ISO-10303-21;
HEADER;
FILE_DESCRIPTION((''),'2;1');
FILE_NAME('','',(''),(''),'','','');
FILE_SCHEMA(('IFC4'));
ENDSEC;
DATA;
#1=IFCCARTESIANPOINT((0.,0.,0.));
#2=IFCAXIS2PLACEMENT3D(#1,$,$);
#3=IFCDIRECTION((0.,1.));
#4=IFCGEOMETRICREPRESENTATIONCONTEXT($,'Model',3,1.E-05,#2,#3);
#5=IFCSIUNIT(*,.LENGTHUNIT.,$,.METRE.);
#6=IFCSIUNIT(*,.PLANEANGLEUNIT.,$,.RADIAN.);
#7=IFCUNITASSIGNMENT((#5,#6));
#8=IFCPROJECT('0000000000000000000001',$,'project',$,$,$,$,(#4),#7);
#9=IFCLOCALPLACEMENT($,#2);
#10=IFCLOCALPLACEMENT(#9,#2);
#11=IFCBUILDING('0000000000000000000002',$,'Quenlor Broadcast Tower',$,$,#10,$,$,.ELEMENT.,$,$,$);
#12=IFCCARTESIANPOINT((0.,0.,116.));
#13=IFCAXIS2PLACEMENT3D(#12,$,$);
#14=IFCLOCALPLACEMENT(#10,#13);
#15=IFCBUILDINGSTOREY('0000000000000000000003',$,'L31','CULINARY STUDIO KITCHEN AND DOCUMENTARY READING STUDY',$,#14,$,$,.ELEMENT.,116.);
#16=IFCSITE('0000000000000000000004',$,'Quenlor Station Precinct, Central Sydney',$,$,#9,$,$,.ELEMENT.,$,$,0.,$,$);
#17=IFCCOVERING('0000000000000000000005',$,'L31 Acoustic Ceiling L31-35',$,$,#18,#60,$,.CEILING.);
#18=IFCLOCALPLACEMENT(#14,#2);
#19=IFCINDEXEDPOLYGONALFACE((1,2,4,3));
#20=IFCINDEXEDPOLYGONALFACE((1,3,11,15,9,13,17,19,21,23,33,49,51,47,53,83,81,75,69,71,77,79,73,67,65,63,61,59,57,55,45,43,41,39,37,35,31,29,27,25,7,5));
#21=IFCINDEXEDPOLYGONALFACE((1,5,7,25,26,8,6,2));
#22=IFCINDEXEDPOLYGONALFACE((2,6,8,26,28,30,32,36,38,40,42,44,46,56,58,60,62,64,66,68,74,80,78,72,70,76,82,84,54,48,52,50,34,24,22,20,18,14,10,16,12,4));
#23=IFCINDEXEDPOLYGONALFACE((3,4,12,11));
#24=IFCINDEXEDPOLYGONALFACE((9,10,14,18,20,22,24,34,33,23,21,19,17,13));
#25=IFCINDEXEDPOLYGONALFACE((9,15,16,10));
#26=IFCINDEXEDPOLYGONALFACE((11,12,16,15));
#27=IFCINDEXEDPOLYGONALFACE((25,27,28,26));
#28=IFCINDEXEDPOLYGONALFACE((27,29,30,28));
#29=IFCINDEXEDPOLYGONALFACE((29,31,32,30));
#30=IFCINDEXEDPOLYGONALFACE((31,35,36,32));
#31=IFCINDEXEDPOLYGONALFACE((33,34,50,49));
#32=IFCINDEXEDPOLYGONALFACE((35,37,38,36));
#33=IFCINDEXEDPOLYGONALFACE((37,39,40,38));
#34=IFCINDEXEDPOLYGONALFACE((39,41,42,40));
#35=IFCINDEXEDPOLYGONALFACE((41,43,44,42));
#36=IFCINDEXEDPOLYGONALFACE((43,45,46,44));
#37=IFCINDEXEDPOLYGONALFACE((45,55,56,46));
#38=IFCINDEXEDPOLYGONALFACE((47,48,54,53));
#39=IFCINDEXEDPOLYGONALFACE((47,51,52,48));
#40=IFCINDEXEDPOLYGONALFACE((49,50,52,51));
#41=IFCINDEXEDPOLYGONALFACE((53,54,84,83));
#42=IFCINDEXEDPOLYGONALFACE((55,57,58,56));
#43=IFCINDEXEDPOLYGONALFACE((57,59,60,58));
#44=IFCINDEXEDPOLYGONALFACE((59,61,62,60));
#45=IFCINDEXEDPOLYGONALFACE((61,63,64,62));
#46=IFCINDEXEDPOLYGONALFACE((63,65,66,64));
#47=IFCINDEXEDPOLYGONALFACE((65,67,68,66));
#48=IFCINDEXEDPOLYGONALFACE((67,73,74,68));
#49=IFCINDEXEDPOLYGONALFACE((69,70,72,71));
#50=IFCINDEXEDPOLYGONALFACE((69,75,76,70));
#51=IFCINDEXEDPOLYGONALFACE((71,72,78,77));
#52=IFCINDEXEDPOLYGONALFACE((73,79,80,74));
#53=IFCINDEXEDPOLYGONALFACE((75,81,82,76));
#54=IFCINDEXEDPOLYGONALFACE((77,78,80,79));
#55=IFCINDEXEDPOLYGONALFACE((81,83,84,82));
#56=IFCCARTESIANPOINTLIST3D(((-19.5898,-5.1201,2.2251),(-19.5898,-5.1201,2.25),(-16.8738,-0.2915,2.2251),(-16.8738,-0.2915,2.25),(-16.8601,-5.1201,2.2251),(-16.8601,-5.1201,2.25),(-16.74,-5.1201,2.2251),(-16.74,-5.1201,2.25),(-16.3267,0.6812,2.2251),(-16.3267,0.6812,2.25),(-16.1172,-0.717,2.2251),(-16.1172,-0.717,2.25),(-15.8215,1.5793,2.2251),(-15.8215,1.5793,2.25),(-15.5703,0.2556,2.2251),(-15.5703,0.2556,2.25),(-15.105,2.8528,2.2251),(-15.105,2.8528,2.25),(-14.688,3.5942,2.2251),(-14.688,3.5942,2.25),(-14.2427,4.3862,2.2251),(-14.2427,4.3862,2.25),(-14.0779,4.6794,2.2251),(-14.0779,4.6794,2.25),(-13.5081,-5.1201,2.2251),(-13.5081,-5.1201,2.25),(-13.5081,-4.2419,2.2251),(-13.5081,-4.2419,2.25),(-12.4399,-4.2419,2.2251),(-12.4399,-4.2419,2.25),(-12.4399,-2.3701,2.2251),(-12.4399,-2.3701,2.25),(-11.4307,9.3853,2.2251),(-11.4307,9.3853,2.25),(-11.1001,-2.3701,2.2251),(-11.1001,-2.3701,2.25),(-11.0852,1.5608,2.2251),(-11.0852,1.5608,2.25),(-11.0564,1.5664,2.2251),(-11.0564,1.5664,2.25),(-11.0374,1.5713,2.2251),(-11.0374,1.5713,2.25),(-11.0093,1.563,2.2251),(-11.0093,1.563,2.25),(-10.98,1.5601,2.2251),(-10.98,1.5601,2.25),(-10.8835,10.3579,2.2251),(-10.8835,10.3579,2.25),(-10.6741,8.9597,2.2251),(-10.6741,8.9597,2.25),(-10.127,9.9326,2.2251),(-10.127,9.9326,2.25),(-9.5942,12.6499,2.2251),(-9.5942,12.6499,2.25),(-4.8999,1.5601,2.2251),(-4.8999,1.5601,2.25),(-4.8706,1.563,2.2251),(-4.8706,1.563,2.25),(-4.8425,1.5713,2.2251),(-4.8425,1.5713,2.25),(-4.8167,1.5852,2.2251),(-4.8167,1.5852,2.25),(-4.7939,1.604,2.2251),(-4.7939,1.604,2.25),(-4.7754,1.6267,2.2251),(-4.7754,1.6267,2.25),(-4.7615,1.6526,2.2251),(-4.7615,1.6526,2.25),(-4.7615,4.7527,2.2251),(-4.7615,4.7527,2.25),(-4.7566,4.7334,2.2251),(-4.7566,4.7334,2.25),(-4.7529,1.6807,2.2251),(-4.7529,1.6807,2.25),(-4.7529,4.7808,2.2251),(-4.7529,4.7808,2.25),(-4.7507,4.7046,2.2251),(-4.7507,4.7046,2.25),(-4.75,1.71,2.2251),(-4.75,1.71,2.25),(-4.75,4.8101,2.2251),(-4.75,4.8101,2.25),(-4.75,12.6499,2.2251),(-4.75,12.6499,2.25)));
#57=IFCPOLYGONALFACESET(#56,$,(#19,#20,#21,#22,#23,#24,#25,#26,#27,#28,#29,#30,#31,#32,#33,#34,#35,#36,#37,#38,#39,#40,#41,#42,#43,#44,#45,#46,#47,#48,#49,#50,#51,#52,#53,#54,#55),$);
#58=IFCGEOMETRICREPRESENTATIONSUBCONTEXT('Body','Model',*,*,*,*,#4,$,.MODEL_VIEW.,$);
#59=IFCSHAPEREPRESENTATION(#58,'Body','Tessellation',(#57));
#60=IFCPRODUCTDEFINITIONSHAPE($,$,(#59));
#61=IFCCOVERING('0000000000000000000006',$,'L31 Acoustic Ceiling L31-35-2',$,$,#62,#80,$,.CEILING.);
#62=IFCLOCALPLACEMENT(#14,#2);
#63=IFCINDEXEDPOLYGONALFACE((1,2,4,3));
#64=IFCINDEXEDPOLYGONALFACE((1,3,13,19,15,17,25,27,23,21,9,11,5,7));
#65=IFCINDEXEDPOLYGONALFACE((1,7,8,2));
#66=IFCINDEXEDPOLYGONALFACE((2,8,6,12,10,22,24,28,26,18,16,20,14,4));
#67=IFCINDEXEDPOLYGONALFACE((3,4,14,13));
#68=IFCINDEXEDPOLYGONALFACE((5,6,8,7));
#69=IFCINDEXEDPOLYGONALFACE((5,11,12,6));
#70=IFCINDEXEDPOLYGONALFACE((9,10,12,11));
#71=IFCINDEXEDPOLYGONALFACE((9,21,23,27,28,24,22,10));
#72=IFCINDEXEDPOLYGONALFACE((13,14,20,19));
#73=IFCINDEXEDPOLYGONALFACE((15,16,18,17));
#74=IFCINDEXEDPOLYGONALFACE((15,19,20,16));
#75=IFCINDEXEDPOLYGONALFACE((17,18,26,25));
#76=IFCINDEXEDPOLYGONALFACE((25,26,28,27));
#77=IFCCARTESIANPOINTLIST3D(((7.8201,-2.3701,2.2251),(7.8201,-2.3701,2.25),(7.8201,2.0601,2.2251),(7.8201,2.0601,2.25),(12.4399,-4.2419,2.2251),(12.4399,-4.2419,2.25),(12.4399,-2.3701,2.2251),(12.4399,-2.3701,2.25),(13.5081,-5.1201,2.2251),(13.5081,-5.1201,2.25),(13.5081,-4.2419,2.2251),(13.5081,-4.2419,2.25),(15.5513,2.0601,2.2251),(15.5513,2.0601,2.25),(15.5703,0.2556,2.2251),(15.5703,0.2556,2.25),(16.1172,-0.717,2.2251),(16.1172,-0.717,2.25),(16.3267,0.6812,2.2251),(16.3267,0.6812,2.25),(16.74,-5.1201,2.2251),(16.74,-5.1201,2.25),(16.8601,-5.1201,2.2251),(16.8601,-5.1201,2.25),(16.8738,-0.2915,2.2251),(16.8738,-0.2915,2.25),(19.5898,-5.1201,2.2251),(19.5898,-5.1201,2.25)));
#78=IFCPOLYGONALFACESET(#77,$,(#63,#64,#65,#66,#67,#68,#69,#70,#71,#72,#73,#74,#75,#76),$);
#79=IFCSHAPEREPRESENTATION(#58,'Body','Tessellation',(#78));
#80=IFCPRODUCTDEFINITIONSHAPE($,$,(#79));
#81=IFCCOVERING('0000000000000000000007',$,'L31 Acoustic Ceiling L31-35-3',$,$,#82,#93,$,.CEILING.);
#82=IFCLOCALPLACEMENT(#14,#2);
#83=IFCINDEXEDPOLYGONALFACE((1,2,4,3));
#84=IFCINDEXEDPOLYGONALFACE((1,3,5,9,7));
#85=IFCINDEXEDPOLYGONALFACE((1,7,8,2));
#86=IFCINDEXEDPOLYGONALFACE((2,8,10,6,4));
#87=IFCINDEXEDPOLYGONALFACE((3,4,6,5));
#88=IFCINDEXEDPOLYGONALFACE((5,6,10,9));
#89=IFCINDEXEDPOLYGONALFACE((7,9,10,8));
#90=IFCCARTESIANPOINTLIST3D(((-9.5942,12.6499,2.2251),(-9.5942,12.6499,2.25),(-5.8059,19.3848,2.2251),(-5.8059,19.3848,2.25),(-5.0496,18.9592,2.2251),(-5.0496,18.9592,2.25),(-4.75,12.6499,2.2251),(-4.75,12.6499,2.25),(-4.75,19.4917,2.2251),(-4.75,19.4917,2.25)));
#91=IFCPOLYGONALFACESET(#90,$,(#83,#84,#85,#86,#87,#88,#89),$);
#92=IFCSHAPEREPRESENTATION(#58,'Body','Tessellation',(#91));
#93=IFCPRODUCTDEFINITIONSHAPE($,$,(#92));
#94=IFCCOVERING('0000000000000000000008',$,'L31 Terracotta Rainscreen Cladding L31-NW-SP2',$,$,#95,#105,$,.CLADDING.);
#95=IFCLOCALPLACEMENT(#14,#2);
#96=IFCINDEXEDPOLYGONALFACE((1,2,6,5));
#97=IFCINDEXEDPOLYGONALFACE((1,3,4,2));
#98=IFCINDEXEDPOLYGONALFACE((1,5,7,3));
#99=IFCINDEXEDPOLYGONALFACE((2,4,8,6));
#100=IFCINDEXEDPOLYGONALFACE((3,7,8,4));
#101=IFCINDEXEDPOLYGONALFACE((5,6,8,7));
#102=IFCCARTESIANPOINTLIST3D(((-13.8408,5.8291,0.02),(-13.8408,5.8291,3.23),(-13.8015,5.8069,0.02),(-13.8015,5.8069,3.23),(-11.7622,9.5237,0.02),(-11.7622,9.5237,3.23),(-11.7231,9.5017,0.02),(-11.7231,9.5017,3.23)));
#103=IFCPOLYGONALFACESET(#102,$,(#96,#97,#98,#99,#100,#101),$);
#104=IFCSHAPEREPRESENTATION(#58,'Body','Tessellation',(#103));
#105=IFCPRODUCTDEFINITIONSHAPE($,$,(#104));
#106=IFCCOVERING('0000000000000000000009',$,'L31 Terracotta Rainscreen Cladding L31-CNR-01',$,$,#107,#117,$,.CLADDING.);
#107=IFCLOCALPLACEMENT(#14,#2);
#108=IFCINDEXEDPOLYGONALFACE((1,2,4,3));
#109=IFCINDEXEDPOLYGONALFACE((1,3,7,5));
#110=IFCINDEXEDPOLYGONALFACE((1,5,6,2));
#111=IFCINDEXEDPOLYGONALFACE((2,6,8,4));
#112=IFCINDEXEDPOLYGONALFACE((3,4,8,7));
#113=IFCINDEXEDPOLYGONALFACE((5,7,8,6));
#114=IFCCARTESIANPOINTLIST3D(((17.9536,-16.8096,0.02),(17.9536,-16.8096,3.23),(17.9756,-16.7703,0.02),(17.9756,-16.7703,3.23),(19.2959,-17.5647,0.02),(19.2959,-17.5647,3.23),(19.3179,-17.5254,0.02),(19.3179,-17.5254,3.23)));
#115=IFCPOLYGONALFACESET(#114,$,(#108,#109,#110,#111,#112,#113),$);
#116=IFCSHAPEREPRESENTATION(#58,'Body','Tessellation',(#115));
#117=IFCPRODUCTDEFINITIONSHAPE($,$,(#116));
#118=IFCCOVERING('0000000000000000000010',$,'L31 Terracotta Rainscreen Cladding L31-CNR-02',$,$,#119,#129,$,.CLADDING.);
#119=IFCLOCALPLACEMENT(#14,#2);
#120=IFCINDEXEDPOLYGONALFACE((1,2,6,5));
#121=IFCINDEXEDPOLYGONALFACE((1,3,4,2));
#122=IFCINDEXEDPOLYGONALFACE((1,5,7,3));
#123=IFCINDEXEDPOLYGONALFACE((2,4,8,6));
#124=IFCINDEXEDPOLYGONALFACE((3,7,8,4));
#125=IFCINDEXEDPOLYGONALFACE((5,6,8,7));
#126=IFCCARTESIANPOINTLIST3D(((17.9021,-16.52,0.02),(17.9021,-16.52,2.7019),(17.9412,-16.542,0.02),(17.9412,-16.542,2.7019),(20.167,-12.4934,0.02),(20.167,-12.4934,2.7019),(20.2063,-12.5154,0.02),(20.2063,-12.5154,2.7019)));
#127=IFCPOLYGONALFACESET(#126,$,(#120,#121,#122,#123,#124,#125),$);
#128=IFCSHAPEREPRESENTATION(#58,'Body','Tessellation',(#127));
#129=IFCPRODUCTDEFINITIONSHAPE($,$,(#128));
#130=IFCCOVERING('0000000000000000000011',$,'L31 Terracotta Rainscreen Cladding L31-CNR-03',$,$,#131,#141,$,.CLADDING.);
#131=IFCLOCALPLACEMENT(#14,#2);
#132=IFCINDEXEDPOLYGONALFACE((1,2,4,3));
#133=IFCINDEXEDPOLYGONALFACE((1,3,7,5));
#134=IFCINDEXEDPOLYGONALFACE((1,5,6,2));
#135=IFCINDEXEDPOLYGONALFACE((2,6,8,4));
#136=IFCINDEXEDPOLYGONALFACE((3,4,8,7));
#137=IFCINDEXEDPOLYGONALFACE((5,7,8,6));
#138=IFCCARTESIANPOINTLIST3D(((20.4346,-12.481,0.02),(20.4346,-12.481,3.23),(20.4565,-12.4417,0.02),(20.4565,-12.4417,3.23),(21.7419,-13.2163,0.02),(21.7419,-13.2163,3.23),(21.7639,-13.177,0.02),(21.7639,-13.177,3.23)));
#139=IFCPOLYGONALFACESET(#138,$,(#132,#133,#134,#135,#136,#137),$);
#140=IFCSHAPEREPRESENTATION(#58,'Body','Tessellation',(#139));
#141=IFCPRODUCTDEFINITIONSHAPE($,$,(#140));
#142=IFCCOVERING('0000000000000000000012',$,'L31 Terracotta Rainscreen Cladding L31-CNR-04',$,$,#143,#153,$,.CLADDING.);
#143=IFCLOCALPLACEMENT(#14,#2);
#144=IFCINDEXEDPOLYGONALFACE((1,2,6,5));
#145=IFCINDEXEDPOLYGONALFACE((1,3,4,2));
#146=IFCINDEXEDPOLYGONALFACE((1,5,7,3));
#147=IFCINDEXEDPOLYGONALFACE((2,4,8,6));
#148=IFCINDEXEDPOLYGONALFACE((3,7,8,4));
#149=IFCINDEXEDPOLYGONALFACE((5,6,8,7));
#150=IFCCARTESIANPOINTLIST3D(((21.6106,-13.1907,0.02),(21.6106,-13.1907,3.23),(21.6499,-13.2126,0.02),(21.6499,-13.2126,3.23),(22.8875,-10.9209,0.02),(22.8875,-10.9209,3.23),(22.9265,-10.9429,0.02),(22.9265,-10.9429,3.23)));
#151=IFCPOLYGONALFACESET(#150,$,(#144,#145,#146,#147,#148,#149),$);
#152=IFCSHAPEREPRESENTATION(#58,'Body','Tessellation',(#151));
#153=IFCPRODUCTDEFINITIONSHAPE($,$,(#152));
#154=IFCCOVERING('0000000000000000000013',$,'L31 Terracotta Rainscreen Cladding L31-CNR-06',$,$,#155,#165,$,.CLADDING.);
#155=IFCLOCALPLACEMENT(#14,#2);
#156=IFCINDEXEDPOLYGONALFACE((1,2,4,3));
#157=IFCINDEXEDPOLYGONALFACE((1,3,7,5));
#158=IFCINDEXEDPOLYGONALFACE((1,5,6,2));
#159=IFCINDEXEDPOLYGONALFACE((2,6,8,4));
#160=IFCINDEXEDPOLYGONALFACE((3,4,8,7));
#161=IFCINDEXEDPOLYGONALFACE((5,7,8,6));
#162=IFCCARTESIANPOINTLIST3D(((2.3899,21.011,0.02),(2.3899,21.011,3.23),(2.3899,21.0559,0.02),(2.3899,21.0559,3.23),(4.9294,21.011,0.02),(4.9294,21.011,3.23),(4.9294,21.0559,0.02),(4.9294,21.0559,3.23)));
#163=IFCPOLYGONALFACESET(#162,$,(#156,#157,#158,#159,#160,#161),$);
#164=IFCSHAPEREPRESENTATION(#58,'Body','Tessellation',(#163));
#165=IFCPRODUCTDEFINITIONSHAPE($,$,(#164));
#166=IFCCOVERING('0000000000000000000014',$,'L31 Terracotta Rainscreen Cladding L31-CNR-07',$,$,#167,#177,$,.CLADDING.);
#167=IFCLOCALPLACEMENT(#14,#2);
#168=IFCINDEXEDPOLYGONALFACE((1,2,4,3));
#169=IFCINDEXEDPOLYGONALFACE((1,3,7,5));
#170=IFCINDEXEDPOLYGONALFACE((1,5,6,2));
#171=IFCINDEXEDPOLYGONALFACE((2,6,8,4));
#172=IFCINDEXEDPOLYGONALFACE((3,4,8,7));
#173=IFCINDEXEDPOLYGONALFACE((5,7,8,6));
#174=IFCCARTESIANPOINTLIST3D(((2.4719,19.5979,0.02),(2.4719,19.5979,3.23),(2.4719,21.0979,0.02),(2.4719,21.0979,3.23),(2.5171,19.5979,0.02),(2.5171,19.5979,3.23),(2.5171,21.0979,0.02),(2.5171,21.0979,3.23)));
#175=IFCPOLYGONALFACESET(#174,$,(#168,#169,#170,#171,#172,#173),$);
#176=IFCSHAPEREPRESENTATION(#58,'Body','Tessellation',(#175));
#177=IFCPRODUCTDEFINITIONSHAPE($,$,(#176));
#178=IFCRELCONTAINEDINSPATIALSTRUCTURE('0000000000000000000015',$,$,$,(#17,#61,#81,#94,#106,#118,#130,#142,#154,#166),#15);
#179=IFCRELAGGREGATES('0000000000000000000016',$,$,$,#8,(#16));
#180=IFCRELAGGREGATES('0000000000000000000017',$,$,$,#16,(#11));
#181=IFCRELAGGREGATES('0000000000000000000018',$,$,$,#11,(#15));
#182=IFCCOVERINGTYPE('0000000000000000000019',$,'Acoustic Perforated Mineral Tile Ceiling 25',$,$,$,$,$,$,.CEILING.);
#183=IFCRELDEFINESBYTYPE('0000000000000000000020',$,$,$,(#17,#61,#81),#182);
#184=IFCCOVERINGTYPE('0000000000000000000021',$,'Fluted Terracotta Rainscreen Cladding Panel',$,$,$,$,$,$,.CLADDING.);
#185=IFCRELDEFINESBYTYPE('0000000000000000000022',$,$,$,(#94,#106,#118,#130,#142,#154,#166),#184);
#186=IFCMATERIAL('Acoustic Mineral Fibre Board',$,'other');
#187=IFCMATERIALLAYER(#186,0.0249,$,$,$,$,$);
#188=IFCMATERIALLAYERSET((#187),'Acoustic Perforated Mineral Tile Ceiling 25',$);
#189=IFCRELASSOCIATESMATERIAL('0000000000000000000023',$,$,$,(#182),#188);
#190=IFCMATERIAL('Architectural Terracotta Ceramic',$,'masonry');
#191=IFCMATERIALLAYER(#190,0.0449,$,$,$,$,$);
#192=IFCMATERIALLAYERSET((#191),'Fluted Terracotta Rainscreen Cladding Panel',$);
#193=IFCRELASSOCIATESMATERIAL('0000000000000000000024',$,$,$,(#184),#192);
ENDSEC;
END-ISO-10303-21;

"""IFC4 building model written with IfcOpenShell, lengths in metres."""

from ifc_helpers import new_model, si_unit, direction, frame, origin, place, context, subcontext, project, spatial, polyline, outline, extrude, material, layer, layer_set, type_object, element, save


model = new_model("IFC4")

# Units and contexts
model_context = context("Model", 3, precision=1e-05, world=origin(), true_north=direction((0.0, 1.0)))
body_context = subcontext(model_context, "Body", "Model", "MODEL_VIEW")
ifc_project = project(units=[si_unit("LENGTHUNIT", "METRE"), si_unit("PLANEANGLEUNIT", "RADIAN")], contexts=[model_context])

# Site, building, storey
site_placement = place(None, origin())
site = spatial("IfcSite", under=ifc_project, at=site_placement, Name="Quenlor Station Precinct, Central Sydney", CompositionType="ELEMENT", RefElevation=0.0)
building_placement = place(site_placement, origin())
building = spatial("IfcBuilding", under=site, at=building_placement, Name="Quenlor Broadcast Tower", CompositionType="ELEMENT")
storey_placement = place(building_placement, frame((0.0, 0.0, 116.0)))
storey = spatial("IfcBuildingStorey", under=building, at=storey_placement, Name="L31", Description="CULINARY STUDIO KITCHEN AND DOCUMENTARY READING STUDY", CompositionType="ELEMENT", Elevation=116.0)

# Coverings
ifc_material_1 = material(Name="Acoustic Mineral Fibre Board", Category="other")
ifc_layer_1 = layer(ifc_material_1, 0.0249)
ifc_layer_set_1 = layer_set([ifc_layer_1], Name="Acoustic Perforated Mineral Tile Ceiling 25")
covering_type_1 = type_object("IfcCoveringType", Name="Acoustic Perforated Mineral Tile Ceiling 25", PredefinedType="CEILING", material=ifc_layer_set_1)
covering_1_placement = place(storey_placement, frame((0.0, 0.0, 2.2251)))
element("IfcCovering", 1, at=covering_1_placement, inside=storey, type_object=covering_type_1, Name="L31 Acoustic Ceiling L31-35", PredefinedType="CEILING", context=body_context, shape_type="SweptSolid", body=[
    extrude(outline(polyline([(-10.127, 9.9326), (-10.8835, 10.3579), (-9.5942, 12.6499), (-4.75, 12.6499), (-4.75, 4.8101), (-4.7529, 4.7808), (-4.7615, 4.7527), (-4.7566, 4.7334), (-4.7507, 4.7046), (-4.75, 1.71), (-4.7529, 1.6807), (-4.7615, 1.6526), (-4.7754, 1.6267), (-4.7939, 1.604), (-4.8167, 1.5852), (-4.8425, 1.5713), (-4.8706, 1.563), (-4.8999, 1.5601), (-10.98, 1.5601), (-11.0093, 1.563), (-11.0374, 1.5713), (-11.0564, 1.5664), (-11.0852, 1.5608), (-11.1001, -2.3701), (-12.4399, -2.3701), (-12.4399, -4.2419), (-13.5081, -4.2419), (-13.5081, -5.1201), (-16.74, -5.1201), (-16.8601, -5.1201), (-19.5898, -5.1201), (-16.8738, -0.2915), (-16.1172, -0.717), (-15.5703, 0.2556), (-16.3267, 0.6812), (-15.8215, 1.5793), (-15.105, 2.8528), (-14.688, 3.5942), (-14.2427, 4.3862), (-14.0779, 4.6794), (-11.4307, 9.3853), (-10.6741, 8.9597), (-10.127, 9.9326)])), origin(), (0.0, 0.0, 1.0), 0.0249),
])
covering_2_placement = place(storey_placement, frame((0.0, 0.0, 2.2251)))
element("IfcCovering", 2, at=covering_2_placement, inside=storey, type_object=covering_type_1, Name="L31 Acoustic Ceiling L31-35-2", PredefinedType="CEILING", context=body_context, shape_type="SweptSolid", body=[
    extrude(outline(polyline([(13.5081, -4.2419), (12.4399, -4.2419), (12.4399, -2.3701), (7.8201, -2.3701), (7.8201, 2.0601), (15.5513, 2.0601), (16.3267, 0.6812), (15.5703, 0.2556), (16.1172, -0.717), (16.8738, -0.2915), (19.5898, -5.1201), (16.8601, -5.1201), (16.74, -5.1201), (13.5081, -5.1201), (13.5081, -4.2419)])), origin(), (0.0, 0.0, 1.0), 0.0249),
])
covering_3_placement = place(storey_placement, frame((0.0, 0.0, 2.2251)))
element("IfcCovering", 3, at=covering_3_placement, inside=storey, type_object=covering_type_1, Name="L31 Acoustic Ceiling L31-35-3", PredefinedType="CEILING", context=body_context, shape_type="SweptSolid", body=[
    extrude(outline(polyline([(-5.8059, 19.3848), (-5.0496, 18.9592), (-4.75, 19.4917), (-4.75, 12.6499), (-9.5942, 12.6499), (-5.8059, 19.3848)])), origin(), (0.0, 0.0, 1.0), 0.0249),
])
ifc_material_2 = material(Name="Architectural Terracotta Ceramic", Category="masonry")
ifc_layer_2 = layer(ifc_material_2, 0.0449)
ifc_layer_set_2 = layer_set([ifc_layer_2], Name="Fluted Terracotta Rainscreen Cladding Panel")
covering_type_2 = type_object("IfcCoveringType", Name="Fluted Terracotta Rainscreen Cladding Panel", PredefinedType="CLADDING", material=ifc_layer_set_2)
covering_4_placement = place(storey_placement, frame((0.0, 0.0, 0.02)))
element("IfcCovering", 4, at=covering_4_placement, inside=storey, type_object=covering_type_2, Name="L31 Terracotta Rainscreen Cladding L31-NW-SP2", PredefinedType="CLADDING", context=body_context, shape_type="SweptSolid", body=[
    extrude(outline(polyline([(-13.8015, 5.8069), (-11.7231, 9.5017), (-11.7622, 9.5237), (-13.8408, 5.8291), (-13.8015, 5.8069)])), origin(), (0.0, 0.0, 1.0), 3.21),
])
covering_5_placement = place(storey_placement, frame((0.0, 0.0, 0.02)))
element("IfcCovering", 5, at=covering_5_placement, inside=storey, type_object=covering_type_2, Name="L31 Terracotta Rainscreen Cladding L31-CNR-01", PredefinedType="CLADDING", context=body_context, shape_type="SweptSolid", body=[
    extrude(outline(polyline([(19.3179, -17.5254), (17.9756, -16.7703), (17.9536, -16.8096), (19.2959, -17.5647), (19.3179, -17.5254)])), origin(), (0.0, 0.0, 1.0), 3.21),
])
covering_6_placement = place(storey_placement, frame((0.0, 0.0, 0.02)))
element("IfcCovering", 6, at=covering_6_placement, inside=storey, type_object=covering_type_2, Name="L31 Terracotta Rainscreen Cladding L31-CNR-02", PredefinedType="CLADDING", context=body_context, shape_type="SweptSolid", body=[
    extrude(outline(polyline([(17.9412, -16.542), (20.2063, -12.5154), (20.167, -12.4934), (17.9021, -16.52), (17.9412, -16.542)])), origin(), (0.0, 0.0, 1.0), 2.6819),
])
covering_7_placement = place(storey_placement, frame((0.0, 0.0, 0.02)))
element("IfcCovering", 7, at=covering_7_placement, inside=storey, type_object=covering_type_2, Name="L31 Terracotta Rainscreen Cladding L31-CNR-03", PredefinedType="CLADDING", context=body_context, shape_type="SweptSolid", body=[
    extrude(outline(polyline([(20.4346, -12.481), (21.7419, -13.2163), (21.7639, -13.177), (20.4565, -12.4417), (20.4346, -12.481)])), origin(), (0.0, 0.0, 1.0), 3.21),
])
covering_8_placement = place(storey_placement, frame((0.0, 0.0, 0.02)))
element("IfcCovering", 8, at=covering_8_placement, inside=storey, type_object=covering_type_2, Name="L31 Terracotta Rainscreen Cladding L31-CNR-04", PredefinedType="CLADDING", context=body_context, shape_type="SweptSolid", body=[
    extrude(outline(polyline([(21.6499, -13.2126), (22.9265, -10.9429), (22.8875, -10.9209), (21.6106, -13.1907), (21.6499, -13.2126)])), origin(), (0.0, 0.0, 1.0), 3.21),
])
covering_9_placement = place(storey_placement, frame((0.0, 0.0, 0.02)))
element("IfcCovering", 9, at=covering_9_placement, inside=storey, type_object=covering_type_2, Name="L31 Terracotta Rainscreen Cladding L31-CNR-06", PredefinedType="CLADDING", context=body_context, shape_type="SweptSolid", body=[
    extrude(outline(polyline([(4.9294, 21.0559), (2.3899, 21.0559), (2.3899, 21.011), (4.9294, 21.011), (4.9294, 21.0559)])), origin(), (0.0, 0.0, 1.0), 3.21),
])
covering_10_placement = place(storey_placement, frame((0.0, 0.0, 0.02)))
element("IfcCovering", 10, at=covering_10_placement, inside=storey, type_object=covering_type_2, Name="L31 Terracotta Rainscreen Cladding L31-CNR-07", PredefinedType="CLADDING", context=body_context, shape_type="SweptSolid", body=[
    extrude(outline(polyline([(2.4719, 21.0979), (2.4719, 19.5979), (2.5171, 19.5979), (2.5171, 21.0979), (2.4719, 21.0979)])), origin(), (0.0, 0.0, 1.0), 3.21),
])

save(model, "model.ifc")
